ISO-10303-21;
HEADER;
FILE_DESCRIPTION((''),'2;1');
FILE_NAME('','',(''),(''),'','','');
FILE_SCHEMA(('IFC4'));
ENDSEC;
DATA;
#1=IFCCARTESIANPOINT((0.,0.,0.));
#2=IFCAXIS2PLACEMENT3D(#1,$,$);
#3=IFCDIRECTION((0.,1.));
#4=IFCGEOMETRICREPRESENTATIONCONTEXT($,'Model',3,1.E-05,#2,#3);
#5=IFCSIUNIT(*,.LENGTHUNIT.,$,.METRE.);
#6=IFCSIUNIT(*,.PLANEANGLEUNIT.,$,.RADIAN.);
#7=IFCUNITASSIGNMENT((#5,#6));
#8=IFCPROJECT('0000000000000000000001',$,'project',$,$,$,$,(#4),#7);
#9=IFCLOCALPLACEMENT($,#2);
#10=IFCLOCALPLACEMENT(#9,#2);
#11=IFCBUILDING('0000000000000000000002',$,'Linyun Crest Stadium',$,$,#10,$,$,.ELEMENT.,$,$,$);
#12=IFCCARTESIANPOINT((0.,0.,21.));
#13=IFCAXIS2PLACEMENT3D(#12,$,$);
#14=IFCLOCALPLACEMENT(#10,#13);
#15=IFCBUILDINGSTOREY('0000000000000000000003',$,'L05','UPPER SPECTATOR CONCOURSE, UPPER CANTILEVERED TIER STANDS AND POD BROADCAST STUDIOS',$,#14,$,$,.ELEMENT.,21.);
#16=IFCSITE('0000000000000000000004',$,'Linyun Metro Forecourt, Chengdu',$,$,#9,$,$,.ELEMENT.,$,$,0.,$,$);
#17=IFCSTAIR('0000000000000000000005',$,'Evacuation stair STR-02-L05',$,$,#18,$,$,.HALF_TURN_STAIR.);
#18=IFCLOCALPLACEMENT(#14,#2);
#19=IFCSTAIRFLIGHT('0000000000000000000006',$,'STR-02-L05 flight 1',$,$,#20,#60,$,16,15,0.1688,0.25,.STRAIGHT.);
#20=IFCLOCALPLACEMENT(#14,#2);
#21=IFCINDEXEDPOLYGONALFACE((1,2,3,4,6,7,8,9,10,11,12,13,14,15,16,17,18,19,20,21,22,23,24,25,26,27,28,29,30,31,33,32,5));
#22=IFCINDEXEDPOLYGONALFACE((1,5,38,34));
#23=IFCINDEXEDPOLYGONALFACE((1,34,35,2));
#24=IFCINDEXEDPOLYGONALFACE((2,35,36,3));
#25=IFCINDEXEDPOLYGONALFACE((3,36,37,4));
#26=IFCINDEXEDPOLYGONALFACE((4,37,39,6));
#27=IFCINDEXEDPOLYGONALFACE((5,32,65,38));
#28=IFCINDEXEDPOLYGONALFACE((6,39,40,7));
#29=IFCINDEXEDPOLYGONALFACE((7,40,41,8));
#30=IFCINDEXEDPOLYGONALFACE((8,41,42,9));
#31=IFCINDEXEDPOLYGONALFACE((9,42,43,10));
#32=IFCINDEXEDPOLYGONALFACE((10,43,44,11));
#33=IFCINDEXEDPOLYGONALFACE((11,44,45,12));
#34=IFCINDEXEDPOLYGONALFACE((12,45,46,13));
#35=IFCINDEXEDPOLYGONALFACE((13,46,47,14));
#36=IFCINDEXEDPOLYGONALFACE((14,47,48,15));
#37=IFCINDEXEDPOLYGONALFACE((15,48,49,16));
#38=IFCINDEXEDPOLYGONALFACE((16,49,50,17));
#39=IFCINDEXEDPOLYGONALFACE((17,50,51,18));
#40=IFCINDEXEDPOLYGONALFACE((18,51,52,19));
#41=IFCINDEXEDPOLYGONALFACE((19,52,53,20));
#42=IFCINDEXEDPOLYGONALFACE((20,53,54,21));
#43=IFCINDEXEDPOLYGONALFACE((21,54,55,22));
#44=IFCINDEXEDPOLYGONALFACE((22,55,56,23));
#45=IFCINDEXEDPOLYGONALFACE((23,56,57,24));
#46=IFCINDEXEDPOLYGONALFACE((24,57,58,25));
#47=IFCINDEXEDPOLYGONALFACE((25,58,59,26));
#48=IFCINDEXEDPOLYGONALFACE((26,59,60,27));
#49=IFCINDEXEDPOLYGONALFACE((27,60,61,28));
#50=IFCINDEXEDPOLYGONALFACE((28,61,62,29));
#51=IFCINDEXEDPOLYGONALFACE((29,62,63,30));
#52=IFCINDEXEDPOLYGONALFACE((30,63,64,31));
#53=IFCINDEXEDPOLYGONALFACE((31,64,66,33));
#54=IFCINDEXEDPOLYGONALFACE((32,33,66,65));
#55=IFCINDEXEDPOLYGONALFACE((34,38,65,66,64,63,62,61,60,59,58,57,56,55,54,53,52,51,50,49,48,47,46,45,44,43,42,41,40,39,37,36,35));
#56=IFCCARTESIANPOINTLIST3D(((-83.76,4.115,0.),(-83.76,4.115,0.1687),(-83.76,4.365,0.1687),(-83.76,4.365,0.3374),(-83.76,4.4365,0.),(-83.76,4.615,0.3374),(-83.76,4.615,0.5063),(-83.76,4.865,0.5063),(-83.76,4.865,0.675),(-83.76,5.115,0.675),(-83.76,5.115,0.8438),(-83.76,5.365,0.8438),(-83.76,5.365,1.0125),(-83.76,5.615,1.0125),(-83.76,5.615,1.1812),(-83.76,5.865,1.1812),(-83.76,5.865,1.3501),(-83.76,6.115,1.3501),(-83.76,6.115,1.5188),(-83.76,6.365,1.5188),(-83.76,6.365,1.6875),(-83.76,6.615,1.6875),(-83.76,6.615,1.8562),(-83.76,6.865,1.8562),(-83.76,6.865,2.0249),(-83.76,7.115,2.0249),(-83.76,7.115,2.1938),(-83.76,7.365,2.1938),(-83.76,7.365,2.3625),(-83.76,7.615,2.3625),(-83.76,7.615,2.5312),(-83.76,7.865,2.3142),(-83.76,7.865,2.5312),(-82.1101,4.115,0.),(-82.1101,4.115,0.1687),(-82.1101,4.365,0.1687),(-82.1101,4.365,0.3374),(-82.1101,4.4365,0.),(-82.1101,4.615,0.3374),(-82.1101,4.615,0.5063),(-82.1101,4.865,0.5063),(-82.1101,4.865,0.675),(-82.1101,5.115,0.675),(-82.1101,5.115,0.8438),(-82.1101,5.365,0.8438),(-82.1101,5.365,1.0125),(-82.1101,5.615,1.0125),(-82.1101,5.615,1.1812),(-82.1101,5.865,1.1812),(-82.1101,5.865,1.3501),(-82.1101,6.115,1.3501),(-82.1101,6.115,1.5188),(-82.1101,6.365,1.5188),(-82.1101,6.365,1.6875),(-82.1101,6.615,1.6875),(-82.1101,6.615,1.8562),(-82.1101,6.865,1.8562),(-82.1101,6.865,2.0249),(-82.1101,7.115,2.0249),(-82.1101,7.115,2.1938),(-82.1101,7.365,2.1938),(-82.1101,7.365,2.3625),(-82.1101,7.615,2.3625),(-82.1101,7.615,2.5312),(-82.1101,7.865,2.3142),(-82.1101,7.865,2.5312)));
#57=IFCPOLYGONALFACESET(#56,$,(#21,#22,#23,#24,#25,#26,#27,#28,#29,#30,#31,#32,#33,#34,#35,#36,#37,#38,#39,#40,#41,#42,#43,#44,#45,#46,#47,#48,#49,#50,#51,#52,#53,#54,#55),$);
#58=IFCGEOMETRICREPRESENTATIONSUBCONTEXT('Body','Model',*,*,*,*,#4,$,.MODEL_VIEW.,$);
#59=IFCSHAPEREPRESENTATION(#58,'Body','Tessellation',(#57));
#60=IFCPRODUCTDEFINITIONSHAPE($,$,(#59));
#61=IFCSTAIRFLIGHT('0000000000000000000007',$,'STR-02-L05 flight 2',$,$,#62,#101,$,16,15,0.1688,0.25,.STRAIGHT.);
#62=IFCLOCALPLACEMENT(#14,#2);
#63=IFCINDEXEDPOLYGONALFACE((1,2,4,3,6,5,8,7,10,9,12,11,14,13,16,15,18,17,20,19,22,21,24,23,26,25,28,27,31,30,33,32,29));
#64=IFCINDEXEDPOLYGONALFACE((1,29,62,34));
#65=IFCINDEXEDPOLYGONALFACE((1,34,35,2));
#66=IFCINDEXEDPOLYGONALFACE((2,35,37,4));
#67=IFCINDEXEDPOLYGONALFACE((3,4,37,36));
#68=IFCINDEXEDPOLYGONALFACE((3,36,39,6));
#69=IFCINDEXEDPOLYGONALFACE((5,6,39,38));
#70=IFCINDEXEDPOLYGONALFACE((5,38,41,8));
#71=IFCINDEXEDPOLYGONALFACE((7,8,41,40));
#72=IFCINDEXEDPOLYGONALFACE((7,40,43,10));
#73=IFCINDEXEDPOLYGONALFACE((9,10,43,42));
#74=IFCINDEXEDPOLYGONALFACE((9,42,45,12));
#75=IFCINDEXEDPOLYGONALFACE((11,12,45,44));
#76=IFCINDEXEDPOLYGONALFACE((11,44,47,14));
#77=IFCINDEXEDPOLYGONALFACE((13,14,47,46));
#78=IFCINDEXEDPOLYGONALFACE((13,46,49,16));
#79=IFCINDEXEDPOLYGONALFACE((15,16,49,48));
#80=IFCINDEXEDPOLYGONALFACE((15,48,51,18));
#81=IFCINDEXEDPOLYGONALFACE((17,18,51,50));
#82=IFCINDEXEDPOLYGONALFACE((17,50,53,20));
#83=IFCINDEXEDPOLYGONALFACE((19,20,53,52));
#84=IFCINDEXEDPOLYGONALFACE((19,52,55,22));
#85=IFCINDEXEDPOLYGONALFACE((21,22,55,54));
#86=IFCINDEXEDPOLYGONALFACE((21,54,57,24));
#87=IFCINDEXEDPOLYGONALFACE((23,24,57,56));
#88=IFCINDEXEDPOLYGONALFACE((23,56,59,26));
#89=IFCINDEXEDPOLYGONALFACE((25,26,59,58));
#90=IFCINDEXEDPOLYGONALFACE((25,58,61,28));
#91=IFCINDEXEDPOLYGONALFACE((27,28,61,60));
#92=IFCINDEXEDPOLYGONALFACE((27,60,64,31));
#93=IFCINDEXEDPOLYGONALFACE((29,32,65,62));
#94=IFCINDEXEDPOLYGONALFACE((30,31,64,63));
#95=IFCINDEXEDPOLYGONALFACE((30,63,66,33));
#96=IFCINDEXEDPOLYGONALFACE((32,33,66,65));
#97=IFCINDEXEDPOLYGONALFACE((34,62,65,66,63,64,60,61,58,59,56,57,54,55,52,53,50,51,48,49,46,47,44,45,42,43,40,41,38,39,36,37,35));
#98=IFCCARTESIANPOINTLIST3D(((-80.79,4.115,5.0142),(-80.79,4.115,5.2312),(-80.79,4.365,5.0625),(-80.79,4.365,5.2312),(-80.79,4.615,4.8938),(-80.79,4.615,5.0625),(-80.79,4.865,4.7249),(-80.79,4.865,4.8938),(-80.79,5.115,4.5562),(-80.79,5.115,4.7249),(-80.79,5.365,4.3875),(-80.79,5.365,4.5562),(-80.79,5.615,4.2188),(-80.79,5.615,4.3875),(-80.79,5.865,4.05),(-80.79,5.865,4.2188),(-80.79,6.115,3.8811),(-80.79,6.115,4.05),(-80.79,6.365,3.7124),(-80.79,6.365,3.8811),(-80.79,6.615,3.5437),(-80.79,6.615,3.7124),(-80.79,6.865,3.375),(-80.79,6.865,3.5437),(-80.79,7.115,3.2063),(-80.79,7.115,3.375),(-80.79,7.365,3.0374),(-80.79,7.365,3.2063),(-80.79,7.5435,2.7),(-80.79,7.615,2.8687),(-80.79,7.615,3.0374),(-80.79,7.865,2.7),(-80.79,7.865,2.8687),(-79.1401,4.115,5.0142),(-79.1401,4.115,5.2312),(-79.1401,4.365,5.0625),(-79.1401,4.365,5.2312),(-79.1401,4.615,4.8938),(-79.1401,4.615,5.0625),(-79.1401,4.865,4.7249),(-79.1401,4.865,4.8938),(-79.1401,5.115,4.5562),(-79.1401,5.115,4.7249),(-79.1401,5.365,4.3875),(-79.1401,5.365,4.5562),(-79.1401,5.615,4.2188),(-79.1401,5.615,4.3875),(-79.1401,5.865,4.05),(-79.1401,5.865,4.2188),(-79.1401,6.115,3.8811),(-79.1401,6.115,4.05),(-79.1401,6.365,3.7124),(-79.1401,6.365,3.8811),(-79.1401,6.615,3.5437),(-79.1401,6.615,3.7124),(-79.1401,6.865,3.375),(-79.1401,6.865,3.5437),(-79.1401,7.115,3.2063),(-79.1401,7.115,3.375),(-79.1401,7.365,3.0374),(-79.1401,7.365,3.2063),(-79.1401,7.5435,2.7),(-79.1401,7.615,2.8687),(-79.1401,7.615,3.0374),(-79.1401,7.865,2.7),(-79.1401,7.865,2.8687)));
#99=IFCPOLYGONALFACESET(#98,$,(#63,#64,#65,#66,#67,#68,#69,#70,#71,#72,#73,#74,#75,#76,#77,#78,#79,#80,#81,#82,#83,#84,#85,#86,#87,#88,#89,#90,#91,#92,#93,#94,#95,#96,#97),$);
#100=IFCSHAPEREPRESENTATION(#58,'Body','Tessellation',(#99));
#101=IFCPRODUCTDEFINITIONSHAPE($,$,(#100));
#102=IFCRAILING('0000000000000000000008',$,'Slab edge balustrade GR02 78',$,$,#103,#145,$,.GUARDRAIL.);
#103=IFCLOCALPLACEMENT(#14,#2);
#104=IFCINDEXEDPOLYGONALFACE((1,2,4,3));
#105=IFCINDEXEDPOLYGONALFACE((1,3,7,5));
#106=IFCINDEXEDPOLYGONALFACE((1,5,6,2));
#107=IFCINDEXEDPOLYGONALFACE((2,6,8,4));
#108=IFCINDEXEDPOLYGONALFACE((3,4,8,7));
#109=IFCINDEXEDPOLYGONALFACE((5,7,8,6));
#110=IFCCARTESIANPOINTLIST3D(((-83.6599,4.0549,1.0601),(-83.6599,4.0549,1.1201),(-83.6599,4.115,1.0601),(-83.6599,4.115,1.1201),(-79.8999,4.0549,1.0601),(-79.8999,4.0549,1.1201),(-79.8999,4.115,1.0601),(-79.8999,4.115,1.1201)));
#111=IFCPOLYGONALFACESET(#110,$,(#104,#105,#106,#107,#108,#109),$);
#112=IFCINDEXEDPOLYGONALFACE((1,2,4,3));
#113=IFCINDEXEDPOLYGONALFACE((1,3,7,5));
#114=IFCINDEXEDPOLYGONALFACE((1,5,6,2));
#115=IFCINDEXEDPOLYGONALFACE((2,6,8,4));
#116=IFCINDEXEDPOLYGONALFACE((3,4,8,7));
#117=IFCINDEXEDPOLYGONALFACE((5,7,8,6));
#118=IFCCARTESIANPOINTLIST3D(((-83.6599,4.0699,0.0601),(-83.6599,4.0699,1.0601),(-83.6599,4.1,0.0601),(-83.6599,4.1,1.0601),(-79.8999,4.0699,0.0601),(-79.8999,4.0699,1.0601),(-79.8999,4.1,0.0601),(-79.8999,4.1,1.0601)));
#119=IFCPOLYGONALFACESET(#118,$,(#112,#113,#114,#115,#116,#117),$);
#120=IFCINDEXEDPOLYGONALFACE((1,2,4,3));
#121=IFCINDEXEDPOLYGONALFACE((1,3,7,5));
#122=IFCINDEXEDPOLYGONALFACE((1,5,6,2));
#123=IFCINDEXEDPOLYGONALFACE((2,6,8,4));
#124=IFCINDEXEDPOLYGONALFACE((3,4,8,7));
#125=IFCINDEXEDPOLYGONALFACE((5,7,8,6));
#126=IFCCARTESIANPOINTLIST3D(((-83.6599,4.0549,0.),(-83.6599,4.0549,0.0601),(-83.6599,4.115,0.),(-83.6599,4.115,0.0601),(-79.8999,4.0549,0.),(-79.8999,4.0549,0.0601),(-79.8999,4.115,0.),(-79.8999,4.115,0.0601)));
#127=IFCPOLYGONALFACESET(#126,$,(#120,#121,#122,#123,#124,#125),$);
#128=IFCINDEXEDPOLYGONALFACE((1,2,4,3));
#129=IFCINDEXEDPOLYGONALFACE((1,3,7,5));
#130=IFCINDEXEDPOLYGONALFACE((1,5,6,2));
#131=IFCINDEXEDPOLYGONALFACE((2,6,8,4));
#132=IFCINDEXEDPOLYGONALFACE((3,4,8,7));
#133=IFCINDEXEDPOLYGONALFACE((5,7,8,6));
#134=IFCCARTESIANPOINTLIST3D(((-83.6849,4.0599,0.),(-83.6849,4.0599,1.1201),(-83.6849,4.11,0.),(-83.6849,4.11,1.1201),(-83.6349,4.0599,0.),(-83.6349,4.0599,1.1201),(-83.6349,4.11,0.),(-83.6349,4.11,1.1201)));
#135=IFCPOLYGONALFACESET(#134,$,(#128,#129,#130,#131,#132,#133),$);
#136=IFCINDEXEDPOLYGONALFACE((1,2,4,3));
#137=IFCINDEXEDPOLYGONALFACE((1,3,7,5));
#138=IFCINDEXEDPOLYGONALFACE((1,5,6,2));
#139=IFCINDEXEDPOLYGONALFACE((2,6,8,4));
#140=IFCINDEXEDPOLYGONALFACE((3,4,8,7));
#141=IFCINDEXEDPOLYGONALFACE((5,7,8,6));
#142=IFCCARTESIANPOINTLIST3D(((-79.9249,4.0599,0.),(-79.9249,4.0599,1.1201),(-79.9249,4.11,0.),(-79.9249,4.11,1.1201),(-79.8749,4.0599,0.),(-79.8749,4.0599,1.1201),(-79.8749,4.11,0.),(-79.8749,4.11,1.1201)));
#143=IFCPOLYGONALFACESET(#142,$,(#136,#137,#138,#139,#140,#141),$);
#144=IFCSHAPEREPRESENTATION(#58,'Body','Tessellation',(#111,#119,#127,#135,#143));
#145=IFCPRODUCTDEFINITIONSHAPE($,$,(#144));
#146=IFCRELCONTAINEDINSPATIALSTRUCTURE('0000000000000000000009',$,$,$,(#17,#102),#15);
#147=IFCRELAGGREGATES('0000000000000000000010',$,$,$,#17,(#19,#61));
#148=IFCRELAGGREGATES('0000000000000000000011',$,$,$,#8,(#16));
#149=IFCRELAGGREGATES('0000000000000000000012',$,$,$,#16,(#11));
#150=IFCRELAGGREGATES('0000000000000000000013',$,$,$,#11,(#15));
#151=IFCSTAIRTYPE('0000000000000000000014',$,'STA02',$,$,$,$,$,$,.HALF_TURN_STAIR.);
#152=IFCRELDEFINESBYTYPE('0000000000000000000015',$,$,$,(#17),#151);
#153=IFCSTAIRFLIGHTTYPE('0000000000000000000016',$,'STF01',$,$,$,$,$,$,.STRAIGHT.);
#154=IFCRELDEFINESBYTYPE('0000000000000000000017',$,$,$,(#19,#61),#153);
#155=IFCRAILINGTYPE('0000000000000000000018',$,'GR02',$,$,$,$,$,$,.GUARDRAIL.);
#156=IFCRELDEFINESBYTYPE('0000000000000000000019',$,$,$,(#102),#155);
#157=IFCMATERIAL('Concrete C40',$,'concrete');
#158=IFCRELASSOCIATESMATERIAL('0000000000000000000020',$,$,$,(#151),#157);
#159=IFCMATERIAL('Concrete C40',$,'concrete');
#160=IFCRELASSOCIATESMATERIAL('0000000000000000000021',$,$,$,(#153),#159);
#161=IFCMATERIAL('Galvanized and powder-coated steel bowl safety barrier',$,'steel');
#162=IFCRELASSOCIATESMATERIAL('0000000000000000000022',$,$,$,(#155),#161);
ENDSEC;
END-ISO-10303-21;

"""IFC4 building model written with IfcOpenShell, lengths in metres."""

from ifc_helpers import new_model, si_unit, direction, frame, origin, origin_2d, place, context, subcontext, project, spatial, polyline, rectangle, outline, extrude, material, type_object, element, aggregate, save


model = new_model("IFC4")

# Units and contexts
model_context = context("Model", 3, precision=1e-05, world=origin(), true_north=direction((0.0, 1.0)))
body_context = subcontext(model_context, "Body", "Model", "MODEL_VIEW")
ifc_project = project(units=[si_unit("LENGTHUNIT", "METRE"), si_unit("PLANEANGLEUNIT", "RADIAN")], contexts=[model_context])

# Site, building, storey
site_placement = place(None, origin())
site = spatial("IfcSite", under=ifc_project, at=site_placement, Name="Linyun Metro Forecourt, Chengdu", CompositionType="ELEMENT", RefElevation=0.0)
building_placement = place(site_placement, origin())
building = spatial("IfcBuilding", under=site, at=building_placement, Name="Linyun Crest Stadium", CompositionType="ELEMENT")
storey_placement = place(building_placement, frame((0.0, 0.0, 21.0)))
storey = spatial("IfcBuildingStorey", under=building, at=storey_placement, Name="L05", Description="UPPER SPECTATOR CONCOURSE, UPPER CANTILEVERED TIER STANDS AND POD BROADCAST STUDIOS", CompositionType="ELEMENT", Elevation=21.0)

# Stair, stair flights
ifc_material_1 = material(Name="Concrete C40", Category="concrete")
stair_type = type_object("IfcStairType", Name="STA02", PredefinedType="HALF_TURN_STAIR", material=ifc_material_1)
stair_placement = place(storey_placement, origin())
stair = element("IfcStair", 1, at=stair_placement, inside=storey, type_object=stair_type, Name="Evacuation stair STR-02-L05", PredefinedType="HALF_TURN_STAIR")
ifc_material_2 = material(Name="Concrete C40", Category="concrete")
stair_flight_type = type_object("IfcStairFlightType", Name="STF01", PredefinedType="STRAIGHT", material=ifc_material_2)
stair_flight_1_placement = place(storey_placement, frame((-82.9351, 4.115, 0.0), z_axis=(0.0, 0.0, 1.0), x_axis=(0.0, 1.0, 0.0)))
stair_flight_1 = element("IfcStairFlight", 2, at=stair_flight_1_placement, type_object=stair_flight_type, Name="STR-02-L05 flight 1", NumberOfRisers=16, NumberOfTreads=15, PredefinedType="STRAIGHT", RiserHeight=0.1688, TreadLength=0.25, context=body_context, shape_type="SweptSolid", body=[
    extrude(outline(polyline([(0.0, 0.0), (0.0, 0.1687), (0.25, 0.1687), (0.25, 0.3374), (0.5, 0.3374), (0.5, 0.5063), (0.75, 0.5063), (0.75, 0.675), (1.0, 0.675), (1.0, 0.8438), (1.25, 0.8438), (1.25, 1.0125), (1.5, 1.0125), (1.5, 1.1812), (1.75, 1.1812), (1.75, 1.3501), (2.0, 1.3501), (2.0, 1.5188), (2.25, 1.5188), (2.25, 1.6875), (2.5, 1.6875), (2.5, 1.8562), (2.75, 1.8562), (2.75, 2.0249), (3.0, 2.0249), (3.0, 2.1938), (3.25, 2.1938), (3.25, 2.3625), (3.5, 2.3625), (3.5, 2.5312), (3.75, 2.5312), (3.75, 2.7), (3.75, 2.3142), (0.3215, 0.0), (0.0, 0.0)])), frame((0.0, 0.825, 0.0), z_axis=(0.0, -1.0, 0.0), x_axis=(1.0, 0.0, 0.0)), (0.0, 0.0, 1.0), 1.6499),
])
stair_flight_2_placement = place(storey_placement, frame((-79.9651, 7.865, 2.7), z_axis=(0.0, 0.0, 1.0), x_axis=(0.0, -1.0, 0.0)))
stair_flight_2 = element("IfcStairFlight", 3, at=stair_flight_2_placement, type_object=stair_flight_type, Name="STR-02-L05 flight 2", NumberOfRisers=16, NumberOfTreads=15, PredefinedType="STRAIGHT", RiserHeight=0.1688, TreadLength=0.25, context=body_context, shape_type="SweptSolid", body=[
    extrude(outline(polyline([(0.0, 0.0), (0.0, 0.1687), (0.25, 0.1687), (0.25, 0.3374), (0.5, 0.3374), (0.5, 0.5063), (0.75, 0.5063), (0.75, 0.675), (1.0, 0.675), (1.0, 0.8438), (1.25, 0.8438), (1.25, 1.0125), (1.5, 1.0125), (1.5, 1.1812), (1.75, 1.1812), (1.75, 1.3501), (2.0, 1.3501), (2.0, 1.5188), (2.25, 1.5188), (2.25, 1.6875), (2.5, 1.6875), (2.5, 1.8562), (2.75, 1.8562), (2.75, 2.0249), (3.0, 2.0249), (3.0, 2.1938), (3.25, 2.1938), (3.25, 2.3625), (3.5, 2.3625), (3.5, 2.5312), (3.75, 2.5312), (3.75, 2.7), (3.75, 2.3142), (0.3215, 0.0), (0.0, 0.0)])), frame((0.0, 0.825, 0.0), z_axis=(0.0, -1.0, 0.0), x_axis=(1.0, 0.0, 0.0)), (0.0, 0.0, 1.0), 1.6499),
])
aggregate(stair, [stair_flight_1, stair_flight_2])

# Railing
ifc_material_3 = material(Name="Galvanized and powder-coated steel bowl safety barrier", Category="steel")
railing_type_1 = type_object("IfcRailingType", Name="GR02", PredefinedType="GUARDRAIL", material=ifc_material_3)
railing_1_placement = place(storey_placement, frame((-83.6599, 4.085, 0.0)))
element("IfcRailing", 4, at=railing_1_placement, inside=storey, type_object=railing_type_1, Name="Slab edge balustrade GR02 78", PredefinedType="GUARDRAIL", context=body_context, shape_type="SweptSolid", body=[
    extrude(rectangle(XDim=0.0601, YDim=0.0601, at=origin_2d()), frame((0.0, 0.0, 1.0901), z_axis=(1.0, 0.0, 0.0), x_axis=(0.0, 1.0, 0.0)), (0.0, 0.0, 1.0), 3.76),
    extrude(rectangle(XDim=0.03, YDim=1.0, at=origin_2d()), frame((0.0, 0.0, 0.5601), z_axis=(1.0, 0.0, 0.0), x_axis=(0.0, 1.0, 0.0)), (0.0, 0.0, 1.0), 3.76),
    extrude(rectangle(XDim=0.0601, YDim=0.0601, at=origin_2d()), frame((0.0, 0.0, 0.03), z_axis=(1.0, 0.0, 0.0), x_axis=(0.0, 1.0, 0.0)), (0.0, 0.0, 1.0), 3.76),
    extrude(rectangle(XDim=0.05, YDim=0.05, at=origin_2d()), origin(), (0.0, 0.0, 1.0), 1.1201),
    extrude(rectangle(XDim=0.05, YDim=0.05, at=origin_2d()), frame((3.76, 0.0, 0.0)), (0.0, 0.0, 1.0), 1.1201),
])

save(model, "model.ifc")
